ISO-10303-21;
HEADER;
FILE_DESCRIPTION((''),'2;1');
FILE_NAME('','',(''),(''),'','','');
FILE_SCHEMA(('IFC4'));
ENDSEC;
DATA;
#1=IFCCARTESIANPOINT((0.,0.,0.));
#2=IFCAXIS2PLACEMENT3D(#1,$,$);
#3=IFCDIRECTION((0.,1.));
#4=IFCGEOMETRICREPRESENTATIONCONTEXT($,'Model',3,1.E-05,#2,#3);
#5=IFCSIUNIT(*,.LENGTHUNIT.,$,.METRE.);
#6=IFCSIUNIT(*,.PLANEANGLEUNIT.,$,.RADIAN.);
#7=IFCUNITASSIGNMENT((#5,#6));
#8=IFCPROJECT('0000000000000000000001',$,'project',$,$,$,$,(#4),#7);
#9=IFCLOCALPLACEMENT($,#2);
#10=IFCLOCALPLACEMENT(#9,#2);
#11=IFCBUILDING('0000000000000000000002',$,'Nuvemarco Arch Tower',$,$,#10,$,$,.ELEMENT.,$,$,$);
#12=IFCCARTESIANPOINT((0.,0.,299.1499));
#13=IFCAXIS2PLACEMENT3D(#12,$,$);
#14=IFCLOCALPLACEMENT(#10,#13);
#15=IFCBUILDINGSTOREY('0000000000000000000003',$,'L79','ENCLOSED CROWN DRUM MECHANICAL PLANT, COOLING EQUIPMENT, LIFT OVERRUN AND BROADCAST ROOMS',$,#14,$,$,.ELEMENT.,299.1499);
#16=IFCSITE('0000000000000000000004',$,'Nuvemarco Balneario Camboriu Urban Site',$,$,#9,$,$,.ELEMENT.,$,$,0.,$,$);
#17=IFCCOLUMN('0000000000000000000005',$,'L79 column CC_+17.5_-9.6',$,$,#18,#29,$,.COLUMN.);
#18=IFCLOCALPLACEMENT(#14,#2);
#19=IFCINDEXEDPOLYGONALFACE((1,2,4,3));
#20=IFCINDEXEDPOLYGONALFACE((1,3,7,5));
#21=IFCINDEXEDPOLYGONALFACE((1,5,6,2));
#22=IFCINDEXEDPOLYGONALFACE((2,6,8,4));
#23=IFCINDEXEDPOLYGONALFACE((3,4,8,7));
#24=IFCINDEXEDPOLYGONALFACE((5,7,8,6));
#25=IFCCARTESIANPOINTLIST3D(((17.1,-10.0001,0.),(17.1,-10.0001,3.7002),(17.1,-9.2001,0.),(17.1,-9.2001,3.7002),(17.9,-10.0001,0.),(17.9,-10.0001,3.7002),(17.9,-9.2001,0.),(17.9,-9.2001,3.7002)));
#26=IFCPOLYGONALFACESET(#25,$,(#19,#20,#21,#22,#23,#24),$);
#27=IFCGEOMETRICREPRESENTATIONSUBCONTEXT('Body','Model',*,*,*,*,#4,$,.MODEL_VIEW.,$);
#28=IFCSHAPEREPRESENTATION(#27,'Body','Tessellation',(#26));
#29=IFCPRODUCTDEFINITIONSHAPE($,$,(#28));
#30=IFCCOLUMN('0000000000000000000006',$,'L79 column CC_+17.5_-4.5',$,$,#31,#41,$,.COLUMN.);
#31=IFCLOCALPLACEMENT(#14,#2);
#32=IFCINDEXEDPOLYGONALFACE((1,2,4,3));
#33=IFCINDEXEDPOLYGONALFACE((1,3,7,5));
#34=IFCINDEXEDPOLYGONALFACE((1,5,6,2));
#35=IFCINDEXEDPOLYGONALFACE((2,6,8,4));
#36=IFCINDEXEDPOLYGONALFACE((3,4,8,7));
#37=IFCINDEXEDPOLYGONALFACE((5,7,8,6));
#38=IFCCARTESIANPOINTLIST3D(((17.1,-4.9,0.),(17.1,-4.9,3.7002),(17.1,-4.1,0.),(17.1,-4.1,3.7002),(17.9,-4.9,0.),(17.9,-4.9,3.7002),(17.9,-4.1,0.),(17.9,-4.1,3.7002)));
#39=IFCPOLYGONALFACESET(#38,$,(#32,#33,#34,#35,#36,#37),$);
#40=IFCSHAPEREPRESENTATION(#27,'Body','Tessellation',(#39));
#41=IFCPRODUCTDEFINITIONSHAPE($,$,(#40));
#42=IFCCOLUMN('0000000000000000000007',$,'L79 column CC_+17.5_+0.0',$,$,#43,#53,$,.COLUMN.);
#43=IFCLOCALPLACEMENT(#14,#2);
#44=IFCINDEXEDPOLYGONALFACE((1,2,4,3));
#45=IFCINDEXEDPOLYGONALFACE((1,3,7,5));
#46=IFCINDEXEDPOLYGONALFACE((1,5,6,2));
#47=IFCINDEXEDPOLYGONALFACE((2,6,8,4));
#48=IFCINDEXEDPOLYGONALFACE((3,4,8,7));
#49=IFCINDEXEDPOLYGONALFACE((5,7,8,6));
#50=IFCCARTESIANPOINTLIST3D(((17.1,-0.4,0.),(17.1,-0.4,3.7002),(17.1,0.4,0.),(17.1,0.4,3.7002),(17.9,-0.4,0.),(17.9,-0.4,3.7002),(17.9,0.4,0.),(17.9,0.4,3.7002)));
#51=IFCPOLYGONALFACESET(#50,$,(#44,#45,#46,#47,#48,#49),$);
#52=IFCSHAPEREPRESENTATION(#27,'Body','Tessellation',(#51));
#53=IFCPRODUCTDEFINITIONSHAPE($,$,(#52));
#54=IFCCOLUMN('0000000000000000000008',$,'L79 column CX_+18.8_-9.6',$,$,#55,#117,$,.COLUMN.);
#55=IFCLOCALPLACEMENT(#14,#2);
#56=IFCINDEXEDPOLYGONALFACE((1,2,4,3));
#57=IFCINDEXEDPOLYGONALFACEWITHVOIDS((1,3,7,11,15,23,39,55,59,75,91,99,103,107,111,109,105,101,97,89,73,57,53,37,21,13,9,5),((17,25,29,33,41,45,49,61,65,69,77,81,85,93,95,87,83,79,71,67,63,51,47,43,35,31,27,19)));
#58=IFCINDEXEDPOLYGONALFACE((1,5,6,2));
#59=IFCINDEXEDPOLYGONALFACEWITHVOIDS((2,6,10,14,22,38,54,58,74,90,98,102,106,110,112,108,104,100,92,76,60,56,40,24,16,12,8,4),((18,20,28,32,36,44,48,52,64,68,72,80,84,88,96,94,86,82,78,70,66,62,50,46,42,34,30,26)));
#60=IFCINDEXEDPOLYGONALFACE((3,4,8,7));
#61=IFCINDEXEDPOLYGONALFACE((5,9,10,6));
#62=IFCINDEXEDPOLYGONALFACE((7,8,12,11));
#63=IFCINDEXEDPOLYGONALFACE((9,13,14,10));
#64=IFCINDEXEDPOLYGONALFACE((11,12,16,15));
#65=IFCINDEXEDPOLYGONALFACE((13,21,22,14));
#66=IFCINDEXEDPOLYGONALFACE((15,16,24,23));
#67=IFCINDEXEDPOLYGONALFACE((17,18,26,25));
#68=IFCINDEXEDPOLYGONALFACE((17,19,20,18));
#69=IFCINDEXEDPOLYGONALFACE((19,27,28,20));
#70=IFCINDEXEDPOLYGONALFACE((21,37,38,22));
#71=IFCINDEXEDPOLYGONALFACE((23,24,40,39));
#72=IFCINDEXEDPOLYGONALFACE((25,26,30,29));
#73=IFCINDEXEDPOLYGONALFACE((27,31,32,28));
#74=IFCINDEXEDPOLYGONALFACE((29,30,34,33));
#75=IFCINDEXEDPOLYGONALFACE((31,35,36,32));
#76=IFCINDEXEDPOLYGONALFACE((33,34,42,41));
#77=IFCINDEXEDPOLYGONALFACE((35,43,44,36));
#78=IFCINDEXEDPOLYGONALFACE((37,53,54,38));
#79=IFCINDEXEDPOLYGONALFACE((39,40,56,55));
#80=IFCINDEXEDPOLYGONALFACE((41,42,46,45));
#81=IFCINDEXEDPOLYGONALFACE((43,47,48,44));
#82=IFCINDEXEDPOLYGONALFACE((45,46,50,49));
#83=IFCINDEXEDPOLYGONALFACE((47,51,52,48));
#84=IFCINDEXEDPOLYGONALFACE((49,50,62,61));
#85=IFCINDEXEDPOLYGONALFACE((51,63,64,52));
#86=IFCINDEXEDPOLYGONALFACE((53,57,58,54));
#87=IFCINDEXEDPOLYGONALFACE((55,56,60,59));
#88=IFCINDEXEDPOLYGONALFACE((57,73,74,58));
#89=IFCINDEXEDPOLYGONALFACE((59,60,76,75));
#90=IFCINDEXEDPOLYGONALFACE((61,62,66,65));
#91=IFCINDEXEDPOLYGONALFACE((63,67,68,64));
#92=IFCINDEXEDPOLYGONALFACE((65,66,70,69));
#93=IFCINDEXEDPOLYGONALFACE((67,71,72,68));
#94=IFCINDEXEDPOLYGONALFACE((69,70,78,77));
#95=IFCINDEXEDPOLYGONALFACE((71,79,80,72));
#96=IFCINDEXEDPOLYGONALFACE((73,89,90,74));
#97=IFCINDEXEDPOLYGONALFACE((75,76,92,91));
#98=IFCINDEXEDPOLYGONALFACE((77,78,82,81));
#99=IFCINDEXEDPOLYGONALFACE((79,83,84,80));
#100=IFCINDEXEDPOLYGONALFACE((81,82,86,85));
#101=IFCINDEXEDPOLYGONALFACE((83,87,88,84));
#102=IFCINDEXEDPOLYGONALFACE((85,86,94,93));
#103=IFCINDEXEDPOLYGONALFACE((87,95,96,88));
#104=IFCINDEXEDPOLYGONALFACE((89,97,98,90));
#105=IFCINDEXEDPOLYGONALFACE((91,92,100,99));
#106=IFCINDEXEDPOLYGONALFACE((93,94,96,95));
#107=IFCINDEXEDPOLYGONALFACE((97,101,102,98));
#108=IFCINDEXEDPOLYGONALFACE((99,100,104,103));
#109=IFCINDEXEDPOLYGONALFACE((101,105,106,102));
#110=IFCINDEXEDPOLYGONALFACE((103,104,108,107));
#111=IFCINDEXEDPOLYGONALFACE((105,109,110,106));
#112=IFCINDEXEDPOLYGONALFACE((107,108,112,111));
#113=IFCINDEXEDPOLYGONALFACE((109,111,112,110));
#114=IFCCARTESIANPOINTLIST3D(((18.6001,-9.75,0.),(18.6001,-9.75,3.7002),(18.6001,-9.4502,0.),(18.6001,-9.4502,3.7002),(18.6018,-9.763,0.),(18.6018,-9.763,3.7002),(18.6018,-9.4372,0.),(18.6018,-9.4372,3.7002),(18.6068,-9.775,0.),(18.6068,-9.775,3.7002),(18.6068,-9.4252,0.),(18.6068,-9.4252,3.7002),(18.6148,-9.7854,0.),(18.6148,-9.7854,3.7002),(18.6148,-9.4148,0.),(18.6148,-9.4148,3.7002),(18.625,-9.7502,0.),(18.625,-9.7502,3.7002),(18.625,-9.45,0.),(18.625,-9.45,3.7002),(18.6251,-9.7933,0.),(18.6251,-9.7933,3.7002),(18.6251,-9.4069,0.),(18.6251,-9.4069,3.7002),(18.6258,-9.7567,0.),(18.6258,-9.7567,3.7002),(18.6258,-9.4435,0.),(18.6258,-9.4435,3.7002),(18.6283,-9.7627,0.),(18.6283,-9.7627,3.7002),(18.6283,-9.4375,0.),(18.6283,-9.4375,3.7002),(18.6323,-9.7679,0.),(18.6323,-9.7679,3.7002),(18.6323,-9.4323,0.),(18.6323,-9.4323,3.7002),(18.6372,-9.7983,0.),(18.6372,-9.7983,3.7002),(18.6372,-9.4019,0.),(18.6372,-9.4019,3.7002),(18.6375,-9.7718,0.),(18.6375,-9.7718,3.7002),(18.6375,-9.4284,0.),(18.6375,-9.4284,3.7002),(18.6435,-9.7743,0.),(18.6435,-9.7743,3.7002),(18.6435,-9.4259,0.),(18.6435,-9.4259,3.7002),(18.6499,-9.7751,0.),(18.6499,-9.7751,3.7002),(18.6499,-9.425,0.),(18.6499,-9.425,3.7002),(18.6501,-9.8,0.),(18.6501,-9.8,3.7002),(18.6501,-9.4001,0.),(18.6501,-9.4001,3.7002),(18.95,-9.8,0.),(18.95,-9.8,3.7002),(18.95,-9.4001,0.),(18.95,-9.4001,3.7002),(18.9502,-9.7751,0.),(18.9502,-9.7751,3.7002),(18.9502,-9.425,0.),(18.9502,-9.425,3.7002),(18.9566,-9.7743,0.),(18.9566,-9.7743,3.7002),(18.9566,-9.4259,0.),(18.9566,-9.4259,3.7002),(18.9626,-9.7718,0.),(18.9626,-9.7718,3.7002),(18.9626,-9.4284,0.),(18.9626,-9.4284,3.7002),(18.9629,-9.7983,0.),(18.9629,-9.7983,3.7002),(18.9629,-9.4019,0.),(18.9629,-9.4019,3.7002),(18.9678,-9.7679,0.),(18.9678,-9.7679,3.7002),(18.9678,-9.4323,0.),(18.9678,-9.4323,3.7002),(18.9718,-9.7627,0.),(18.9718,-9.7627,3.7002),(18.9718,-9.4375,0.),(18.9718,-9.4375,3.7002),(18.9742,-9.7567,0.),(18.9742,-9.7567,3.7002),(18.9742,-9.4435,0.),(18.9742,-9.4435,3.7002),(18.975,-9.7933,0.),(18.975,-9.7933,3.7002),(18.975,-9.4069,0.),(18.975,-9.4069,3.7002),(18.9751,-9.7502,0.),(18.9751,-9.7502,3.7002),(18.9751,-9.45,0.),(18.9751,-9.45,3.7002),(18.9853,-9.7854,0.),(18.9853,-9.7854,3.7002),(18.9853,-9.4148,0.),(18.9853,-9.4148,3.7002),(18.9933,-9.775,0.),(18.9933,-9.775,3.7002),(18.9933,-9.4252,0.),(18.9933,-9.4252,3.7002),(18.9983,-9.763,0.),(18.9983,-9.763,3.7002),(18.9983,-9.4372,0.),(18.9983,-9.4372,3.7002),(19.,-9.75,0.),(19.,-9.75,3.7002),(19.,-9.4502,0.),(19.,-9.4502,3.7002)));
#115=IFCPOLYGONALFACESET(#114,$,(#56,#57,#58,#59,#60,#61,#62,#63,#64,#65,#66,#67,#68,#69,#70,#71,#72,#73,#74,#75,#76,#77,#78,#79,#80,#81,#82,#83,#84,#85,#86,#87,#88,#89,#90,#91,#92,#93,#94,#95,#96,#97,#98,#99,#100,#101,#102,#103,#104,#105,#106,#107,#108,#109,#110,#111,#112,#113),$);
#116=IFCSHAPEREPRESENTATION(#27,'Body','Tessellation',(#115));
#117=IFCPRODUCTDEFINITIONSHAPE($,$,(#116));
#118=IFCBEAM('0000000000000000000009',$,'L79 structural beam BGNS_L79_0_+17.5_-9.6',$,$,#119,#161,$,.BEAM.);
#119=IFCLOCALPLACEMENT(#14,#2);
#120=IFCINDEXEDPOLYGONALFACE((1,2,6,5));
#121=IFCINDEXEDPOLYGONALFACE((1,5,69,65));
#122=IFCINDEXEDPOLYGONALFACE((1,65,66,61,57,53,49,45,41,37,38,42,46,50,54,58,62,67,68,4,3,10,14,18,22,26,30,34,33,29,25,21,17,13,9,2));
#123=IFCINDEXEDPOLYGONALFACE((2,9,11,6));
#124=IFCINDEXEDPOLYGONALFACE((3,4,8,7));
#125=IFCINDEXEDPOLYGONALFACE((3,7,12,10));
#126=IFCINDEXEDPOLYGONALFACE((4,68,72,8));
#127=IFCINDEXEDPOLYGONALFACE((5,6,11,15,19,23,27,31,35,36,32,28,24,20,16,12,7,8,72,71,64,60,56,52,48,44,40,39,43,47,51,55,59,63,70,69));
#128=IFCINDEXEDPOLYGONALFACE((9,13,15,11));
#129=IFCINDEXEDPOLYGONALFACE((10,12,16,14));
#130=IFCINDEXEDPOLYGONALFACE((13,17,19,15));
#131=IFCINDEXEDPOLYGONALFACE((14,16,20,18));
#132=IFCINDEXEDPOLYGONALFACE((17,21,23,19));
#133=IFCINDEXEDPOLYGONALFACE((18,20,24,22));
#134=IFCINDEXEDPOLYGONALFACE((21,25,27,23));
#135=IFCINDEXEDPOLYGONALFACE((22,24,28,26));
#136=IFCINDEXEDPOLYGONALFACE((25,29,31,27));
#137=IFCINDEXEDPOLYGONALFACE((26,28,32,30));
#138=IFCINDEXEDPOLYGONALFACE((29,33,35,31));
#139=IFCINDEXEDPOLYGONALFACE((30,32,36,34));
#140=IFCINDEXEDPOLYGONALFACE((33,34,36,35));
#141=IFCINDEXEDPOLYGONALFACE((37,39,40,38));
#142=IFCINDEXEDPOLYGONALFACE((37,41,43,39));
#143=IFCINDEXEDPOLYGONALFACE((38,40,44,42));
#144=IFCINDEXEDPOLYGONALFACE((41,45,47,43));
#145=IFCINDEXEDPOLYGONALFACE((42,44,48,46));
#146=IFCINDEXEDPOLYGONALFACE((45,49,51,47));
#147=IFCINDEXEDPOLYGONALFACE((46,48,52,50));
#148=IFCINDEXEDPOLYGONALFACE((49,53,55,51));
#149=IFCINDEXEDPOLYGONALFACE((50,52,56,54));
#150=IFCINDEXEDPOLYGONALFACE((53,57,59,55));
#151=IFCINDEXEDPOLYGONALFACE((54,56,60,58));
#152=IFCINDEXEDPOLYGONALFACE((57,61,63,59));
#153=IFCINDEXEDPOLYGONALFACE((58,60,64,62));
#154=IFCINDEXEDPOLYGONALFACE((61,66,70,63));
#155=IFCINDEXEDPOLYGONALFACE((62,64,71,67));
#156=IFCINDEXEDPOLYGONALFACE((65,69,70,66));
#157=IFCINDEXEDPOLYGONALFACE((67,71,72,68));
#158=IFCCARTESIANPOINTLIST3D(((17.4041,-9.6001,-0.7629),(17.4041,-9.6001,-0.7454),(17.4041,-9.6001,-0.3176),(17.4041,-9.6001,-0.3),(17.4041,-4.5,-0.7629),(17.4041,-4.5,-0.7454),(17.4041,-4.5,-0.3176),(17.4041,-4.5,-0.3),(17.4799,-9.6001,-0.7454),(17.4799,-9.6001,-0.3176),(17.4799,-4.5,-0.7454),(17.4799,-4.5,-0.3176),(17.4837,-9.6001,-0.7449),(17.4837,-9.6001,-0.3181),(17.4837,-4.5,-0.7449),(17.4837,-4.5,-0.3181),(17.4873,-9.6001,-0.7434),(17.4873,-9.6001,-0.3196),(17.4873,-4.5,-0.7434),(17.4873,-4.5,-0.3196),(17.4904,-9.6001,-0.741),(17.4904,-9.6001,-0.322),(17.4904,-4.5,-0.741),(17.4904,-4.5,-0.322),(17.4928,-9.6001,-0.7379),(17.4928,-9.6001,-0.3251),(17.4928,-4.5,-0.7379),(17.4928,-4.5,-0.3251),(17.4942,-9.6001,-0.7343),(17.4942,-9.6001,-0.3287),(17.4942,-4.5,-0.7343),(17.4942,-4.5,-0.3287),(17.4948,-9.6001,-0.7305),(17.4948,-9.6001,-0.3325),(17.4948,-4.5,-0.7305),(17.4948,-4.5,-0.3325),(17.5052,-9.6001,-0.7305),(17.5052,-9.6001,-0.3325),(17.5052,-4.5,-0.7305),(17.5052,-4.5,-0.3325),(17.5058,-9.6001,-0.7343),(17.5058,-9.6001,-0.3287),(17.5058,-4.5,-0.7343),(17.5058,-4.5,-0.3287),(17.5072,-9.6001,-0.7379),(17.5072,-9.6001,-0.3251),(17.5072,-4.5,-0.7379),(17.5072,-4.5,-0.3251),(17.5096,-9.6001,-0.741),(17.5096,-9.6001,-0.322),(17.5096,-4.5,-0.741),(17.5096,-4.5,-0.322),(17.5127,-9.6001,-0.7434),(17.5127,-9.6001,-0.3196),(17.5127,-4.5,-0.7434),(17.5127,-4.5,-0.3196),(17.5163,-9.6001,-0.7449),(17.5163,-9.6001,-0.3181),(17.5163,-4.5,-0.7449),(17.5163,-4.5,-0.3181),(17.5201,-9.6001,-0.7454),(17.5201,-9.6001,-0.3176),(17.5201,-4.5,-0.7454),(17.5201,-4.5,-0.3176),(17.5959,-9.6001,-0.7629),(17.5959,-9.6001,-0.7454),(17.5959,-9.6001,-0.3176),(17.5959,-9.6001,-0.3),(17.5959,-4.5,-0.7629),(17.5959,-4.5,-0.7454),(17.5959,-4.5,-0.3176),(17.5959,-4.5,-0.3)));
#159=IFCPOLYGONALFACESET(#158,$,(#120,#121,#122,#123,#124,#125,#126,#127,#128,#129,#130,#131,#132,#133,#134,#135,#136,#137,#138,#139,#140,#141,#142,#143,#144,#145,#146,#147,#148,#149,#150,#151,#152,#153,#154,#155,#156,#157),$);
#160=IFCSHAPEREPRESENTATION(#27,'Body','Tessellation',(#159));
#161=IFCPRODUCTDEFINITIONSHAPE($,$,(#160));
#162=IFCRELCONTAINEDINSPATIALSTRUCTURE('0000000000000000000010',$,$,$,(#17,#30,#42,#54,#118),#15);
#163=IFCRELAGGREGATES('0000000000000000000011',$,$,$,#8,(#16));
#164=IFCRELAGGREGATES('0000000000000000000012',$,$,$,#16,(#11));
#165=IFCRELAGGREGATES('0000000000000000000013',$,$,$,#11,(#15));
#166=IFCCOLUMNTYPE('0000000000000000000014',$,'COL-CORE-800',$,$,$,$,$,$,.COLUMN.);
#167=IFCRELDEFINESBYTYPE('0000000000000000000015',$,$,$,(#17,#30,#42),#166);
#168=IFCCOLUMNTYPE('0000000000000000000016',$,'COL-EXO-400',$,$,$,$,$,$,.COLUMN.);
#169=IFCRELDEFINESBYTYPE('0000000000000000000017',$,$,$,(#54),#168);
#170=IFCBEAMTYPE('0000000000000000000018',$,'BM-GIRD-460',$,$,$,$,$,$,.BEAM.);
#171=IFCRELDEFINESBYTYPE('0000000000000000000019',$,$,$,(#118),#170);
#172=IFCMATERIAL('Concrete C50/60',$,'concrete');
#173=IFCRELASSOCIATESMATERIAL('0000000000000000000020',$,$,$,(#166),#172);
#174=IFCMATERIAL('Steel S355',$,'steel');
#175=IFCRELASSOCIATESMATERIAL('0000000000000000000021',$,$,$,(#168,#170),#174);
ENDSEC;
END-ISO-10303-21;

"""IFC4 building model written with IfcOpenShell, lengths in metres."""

from ifc_helpers import new_model, si_unit, direction, frame, origin, origin_2d, place, context, subcontext, project, spatial, rectangle, hollow_rectangle, i_section, extrude, material, material_profile, profile_set, type_object, element, save


model = new_model("IFC4")

# Units and contexts
model_context = context("Model", 3, precision=1e-05, world=origin(), true_north=direction((0.0, 1.0)))
body_context = subcontext(model_context, "Body", "Model", "MODEL_VIEW")
ifc_project = project(units=[si_unit("LENGTHUNIT", "METRE"), si_unit("PLANEANGLEUNIT", "RADIAN")], contexts=[model_context])

# Site, building, storey
site_placement = place(None, origin())
site = spatial("IfcSite", under=ifc_project, at=site_placement, Name="Nuvemarco Balneario Camboriu Urban Site", CompositionType="ELEMENT", RefElevation=0.0)
building_placement = place(site_placement, origin())
building = spatial("IfcBuilding", under=site, at=building_placement, Name="Nuvemarco Arch Tower", CompositionType="ELEMENT")
storey_placement = place(building_placement, frame((0.0, 0.0, 299.1499)))
storey = spatial("IfcBuildingStorey", under=building, at=storey_placement, Name="L79", Description="ENCLOSED CROWN DRUM MECHANICAL PLANT, COOLING EQUIPMENT, LIFT OVERRUN AND BROADCAST ROOMS", CompositionType="ELEMENT", Elevation=299.1499)

# Columns
ifc_material_1 = material(Name="Concrete C50/60", Category="concrete")
ifc_material_profile_1 = material_profile(ifc_material_1, rectangle(XDim=0.8, YDim=0.8, at=origin_2d()), Name="RC-COL-800x800")
ifc_profile_set_1 = profile_set([ifc_material_profile_1], Name="Concrete C50/60")
column_type_1 = type_object("IfcColumnType", Name="COL-CORE-800", PredefinedType="COLUMN", material=ifc_profile_set_1)
for number, where, z_axis, x_axis, name in (
    (1, (17.5, -9.6001, 0.0), (0.0, 0.0, 1.0), (1.0, 0.0, 0.0), "L79 column CC_+17.5_-9.6"),
    (2, (17.5, -4.5, 0.0), (0.0, 0.0, 1.0), (1.0, 0.0, 0.0), "L79 column CC_+17.5_-4.5"),
    (3, (17.5, 0.0, 0.0), (0.0, 0.0, 1.0), (1.0, 0.0, 0.0), "L79 column CC_+17.5_+0.0"),
):
    element("IfcColumn", number, at=place(storey_placement, frame(where, z_axis=z_axis, x_axis=x_axis)), inside=storey, type_object=column_type_1, Name=name, PredefinedType="COLUMN", context=body_context, shape_type="SweptSolid", body=[
        extrude(rectangle(XDim=0.8, YDim=0.8, at=origin_2d()), origin(), (0.0, 0.0, 1.0), 3.7002),
    ])
ifc_material_2 = material(Name="Steel S355", Category="steel")
ifc_material_profile_2 = material_profile(ifc_material_2, hollow_rectangle(XDim=0.3999, YDim=0.3999, WallThickness=0.0249, InnerFilletRadius=0.0249, OuterFilletRadius=0.05, at=origin_2d()), Name="SHS400x400x25")
ifc_profile_set_2 = profile_set([ifc_material_profile_2], Name="Steel S355")
column_type_2 = type_object("IfcColumnType", Name="COL-EXO-400", PredefinedType="COLUMN", material=ifc_profile_set_2)
column_placement = place(storey_placement, frame((18.8, -9.6001, 0.0), z_axis=(0.0, 0.0, 1.0), x_axis=(1.0, 0.0, 0.0)))
element("IfcColumn", 4, at=column_placement, inside=storey, type_object=column_type_2, Name="L79 column CX_+18.8_-9.6", PredefinedType="COLUMN", context=body_context, shape_type="SweptSolid", body=[
    extrude(hollow_rectangle(XDim=0.3999, YDim=0.3999, WallThickness=0.0249, InnerFilletRadius=0.0249, OuterFilletRadius=0.05, at=origin_2d()), origin(), (0.0, 0.0, 1.0), 3.7002),
])

# Beam
ifc_material_profile_3 = material_profile(ifc_material_2, i_section(OverallWidth=0.1919, OverallDepth=0.4629, WebThickness=0.0105, FlangeThickness=0.0176, FilletRadius=0.0149, at=origin_2d()), Name="W460x89")
ifc_profile_set_3 = profile_set([ifc_material_profile_3], Name="Steel S355")
beam_type_1 = type_object("IfcBeamType", Name="BM-GIRD-460", PredefinedType="BEAM", material=ifc_profile_set_3)
beam_1_placement = place(storey_placement, frame((17.5, -9.6001, -0.5315), z_axis=(0.0, 1.0, 0.0), x_axis=(-1.0, 0.0, 0.0)))
element("IfcBeam", 5, at=beam_1_placement, inside=storey, type_object=beam_type_1, Name="L79 structural beam BGNS_L79_0_+17.5_-9.6", PredefinedType="BEAM", context=body_context, shape_type="SweptSolid", body=[
    extrude(i_section(OverallWidth=0.1919, OverallDepth=0.4629, WebThickness=0.0105, FlangeThickness=0.0176, FilletRadius=0.0149, at=origin_2d()), origin(), (0.0, 0.0, 1.0), 5.1001),
])

save(model, "model.ifc")
